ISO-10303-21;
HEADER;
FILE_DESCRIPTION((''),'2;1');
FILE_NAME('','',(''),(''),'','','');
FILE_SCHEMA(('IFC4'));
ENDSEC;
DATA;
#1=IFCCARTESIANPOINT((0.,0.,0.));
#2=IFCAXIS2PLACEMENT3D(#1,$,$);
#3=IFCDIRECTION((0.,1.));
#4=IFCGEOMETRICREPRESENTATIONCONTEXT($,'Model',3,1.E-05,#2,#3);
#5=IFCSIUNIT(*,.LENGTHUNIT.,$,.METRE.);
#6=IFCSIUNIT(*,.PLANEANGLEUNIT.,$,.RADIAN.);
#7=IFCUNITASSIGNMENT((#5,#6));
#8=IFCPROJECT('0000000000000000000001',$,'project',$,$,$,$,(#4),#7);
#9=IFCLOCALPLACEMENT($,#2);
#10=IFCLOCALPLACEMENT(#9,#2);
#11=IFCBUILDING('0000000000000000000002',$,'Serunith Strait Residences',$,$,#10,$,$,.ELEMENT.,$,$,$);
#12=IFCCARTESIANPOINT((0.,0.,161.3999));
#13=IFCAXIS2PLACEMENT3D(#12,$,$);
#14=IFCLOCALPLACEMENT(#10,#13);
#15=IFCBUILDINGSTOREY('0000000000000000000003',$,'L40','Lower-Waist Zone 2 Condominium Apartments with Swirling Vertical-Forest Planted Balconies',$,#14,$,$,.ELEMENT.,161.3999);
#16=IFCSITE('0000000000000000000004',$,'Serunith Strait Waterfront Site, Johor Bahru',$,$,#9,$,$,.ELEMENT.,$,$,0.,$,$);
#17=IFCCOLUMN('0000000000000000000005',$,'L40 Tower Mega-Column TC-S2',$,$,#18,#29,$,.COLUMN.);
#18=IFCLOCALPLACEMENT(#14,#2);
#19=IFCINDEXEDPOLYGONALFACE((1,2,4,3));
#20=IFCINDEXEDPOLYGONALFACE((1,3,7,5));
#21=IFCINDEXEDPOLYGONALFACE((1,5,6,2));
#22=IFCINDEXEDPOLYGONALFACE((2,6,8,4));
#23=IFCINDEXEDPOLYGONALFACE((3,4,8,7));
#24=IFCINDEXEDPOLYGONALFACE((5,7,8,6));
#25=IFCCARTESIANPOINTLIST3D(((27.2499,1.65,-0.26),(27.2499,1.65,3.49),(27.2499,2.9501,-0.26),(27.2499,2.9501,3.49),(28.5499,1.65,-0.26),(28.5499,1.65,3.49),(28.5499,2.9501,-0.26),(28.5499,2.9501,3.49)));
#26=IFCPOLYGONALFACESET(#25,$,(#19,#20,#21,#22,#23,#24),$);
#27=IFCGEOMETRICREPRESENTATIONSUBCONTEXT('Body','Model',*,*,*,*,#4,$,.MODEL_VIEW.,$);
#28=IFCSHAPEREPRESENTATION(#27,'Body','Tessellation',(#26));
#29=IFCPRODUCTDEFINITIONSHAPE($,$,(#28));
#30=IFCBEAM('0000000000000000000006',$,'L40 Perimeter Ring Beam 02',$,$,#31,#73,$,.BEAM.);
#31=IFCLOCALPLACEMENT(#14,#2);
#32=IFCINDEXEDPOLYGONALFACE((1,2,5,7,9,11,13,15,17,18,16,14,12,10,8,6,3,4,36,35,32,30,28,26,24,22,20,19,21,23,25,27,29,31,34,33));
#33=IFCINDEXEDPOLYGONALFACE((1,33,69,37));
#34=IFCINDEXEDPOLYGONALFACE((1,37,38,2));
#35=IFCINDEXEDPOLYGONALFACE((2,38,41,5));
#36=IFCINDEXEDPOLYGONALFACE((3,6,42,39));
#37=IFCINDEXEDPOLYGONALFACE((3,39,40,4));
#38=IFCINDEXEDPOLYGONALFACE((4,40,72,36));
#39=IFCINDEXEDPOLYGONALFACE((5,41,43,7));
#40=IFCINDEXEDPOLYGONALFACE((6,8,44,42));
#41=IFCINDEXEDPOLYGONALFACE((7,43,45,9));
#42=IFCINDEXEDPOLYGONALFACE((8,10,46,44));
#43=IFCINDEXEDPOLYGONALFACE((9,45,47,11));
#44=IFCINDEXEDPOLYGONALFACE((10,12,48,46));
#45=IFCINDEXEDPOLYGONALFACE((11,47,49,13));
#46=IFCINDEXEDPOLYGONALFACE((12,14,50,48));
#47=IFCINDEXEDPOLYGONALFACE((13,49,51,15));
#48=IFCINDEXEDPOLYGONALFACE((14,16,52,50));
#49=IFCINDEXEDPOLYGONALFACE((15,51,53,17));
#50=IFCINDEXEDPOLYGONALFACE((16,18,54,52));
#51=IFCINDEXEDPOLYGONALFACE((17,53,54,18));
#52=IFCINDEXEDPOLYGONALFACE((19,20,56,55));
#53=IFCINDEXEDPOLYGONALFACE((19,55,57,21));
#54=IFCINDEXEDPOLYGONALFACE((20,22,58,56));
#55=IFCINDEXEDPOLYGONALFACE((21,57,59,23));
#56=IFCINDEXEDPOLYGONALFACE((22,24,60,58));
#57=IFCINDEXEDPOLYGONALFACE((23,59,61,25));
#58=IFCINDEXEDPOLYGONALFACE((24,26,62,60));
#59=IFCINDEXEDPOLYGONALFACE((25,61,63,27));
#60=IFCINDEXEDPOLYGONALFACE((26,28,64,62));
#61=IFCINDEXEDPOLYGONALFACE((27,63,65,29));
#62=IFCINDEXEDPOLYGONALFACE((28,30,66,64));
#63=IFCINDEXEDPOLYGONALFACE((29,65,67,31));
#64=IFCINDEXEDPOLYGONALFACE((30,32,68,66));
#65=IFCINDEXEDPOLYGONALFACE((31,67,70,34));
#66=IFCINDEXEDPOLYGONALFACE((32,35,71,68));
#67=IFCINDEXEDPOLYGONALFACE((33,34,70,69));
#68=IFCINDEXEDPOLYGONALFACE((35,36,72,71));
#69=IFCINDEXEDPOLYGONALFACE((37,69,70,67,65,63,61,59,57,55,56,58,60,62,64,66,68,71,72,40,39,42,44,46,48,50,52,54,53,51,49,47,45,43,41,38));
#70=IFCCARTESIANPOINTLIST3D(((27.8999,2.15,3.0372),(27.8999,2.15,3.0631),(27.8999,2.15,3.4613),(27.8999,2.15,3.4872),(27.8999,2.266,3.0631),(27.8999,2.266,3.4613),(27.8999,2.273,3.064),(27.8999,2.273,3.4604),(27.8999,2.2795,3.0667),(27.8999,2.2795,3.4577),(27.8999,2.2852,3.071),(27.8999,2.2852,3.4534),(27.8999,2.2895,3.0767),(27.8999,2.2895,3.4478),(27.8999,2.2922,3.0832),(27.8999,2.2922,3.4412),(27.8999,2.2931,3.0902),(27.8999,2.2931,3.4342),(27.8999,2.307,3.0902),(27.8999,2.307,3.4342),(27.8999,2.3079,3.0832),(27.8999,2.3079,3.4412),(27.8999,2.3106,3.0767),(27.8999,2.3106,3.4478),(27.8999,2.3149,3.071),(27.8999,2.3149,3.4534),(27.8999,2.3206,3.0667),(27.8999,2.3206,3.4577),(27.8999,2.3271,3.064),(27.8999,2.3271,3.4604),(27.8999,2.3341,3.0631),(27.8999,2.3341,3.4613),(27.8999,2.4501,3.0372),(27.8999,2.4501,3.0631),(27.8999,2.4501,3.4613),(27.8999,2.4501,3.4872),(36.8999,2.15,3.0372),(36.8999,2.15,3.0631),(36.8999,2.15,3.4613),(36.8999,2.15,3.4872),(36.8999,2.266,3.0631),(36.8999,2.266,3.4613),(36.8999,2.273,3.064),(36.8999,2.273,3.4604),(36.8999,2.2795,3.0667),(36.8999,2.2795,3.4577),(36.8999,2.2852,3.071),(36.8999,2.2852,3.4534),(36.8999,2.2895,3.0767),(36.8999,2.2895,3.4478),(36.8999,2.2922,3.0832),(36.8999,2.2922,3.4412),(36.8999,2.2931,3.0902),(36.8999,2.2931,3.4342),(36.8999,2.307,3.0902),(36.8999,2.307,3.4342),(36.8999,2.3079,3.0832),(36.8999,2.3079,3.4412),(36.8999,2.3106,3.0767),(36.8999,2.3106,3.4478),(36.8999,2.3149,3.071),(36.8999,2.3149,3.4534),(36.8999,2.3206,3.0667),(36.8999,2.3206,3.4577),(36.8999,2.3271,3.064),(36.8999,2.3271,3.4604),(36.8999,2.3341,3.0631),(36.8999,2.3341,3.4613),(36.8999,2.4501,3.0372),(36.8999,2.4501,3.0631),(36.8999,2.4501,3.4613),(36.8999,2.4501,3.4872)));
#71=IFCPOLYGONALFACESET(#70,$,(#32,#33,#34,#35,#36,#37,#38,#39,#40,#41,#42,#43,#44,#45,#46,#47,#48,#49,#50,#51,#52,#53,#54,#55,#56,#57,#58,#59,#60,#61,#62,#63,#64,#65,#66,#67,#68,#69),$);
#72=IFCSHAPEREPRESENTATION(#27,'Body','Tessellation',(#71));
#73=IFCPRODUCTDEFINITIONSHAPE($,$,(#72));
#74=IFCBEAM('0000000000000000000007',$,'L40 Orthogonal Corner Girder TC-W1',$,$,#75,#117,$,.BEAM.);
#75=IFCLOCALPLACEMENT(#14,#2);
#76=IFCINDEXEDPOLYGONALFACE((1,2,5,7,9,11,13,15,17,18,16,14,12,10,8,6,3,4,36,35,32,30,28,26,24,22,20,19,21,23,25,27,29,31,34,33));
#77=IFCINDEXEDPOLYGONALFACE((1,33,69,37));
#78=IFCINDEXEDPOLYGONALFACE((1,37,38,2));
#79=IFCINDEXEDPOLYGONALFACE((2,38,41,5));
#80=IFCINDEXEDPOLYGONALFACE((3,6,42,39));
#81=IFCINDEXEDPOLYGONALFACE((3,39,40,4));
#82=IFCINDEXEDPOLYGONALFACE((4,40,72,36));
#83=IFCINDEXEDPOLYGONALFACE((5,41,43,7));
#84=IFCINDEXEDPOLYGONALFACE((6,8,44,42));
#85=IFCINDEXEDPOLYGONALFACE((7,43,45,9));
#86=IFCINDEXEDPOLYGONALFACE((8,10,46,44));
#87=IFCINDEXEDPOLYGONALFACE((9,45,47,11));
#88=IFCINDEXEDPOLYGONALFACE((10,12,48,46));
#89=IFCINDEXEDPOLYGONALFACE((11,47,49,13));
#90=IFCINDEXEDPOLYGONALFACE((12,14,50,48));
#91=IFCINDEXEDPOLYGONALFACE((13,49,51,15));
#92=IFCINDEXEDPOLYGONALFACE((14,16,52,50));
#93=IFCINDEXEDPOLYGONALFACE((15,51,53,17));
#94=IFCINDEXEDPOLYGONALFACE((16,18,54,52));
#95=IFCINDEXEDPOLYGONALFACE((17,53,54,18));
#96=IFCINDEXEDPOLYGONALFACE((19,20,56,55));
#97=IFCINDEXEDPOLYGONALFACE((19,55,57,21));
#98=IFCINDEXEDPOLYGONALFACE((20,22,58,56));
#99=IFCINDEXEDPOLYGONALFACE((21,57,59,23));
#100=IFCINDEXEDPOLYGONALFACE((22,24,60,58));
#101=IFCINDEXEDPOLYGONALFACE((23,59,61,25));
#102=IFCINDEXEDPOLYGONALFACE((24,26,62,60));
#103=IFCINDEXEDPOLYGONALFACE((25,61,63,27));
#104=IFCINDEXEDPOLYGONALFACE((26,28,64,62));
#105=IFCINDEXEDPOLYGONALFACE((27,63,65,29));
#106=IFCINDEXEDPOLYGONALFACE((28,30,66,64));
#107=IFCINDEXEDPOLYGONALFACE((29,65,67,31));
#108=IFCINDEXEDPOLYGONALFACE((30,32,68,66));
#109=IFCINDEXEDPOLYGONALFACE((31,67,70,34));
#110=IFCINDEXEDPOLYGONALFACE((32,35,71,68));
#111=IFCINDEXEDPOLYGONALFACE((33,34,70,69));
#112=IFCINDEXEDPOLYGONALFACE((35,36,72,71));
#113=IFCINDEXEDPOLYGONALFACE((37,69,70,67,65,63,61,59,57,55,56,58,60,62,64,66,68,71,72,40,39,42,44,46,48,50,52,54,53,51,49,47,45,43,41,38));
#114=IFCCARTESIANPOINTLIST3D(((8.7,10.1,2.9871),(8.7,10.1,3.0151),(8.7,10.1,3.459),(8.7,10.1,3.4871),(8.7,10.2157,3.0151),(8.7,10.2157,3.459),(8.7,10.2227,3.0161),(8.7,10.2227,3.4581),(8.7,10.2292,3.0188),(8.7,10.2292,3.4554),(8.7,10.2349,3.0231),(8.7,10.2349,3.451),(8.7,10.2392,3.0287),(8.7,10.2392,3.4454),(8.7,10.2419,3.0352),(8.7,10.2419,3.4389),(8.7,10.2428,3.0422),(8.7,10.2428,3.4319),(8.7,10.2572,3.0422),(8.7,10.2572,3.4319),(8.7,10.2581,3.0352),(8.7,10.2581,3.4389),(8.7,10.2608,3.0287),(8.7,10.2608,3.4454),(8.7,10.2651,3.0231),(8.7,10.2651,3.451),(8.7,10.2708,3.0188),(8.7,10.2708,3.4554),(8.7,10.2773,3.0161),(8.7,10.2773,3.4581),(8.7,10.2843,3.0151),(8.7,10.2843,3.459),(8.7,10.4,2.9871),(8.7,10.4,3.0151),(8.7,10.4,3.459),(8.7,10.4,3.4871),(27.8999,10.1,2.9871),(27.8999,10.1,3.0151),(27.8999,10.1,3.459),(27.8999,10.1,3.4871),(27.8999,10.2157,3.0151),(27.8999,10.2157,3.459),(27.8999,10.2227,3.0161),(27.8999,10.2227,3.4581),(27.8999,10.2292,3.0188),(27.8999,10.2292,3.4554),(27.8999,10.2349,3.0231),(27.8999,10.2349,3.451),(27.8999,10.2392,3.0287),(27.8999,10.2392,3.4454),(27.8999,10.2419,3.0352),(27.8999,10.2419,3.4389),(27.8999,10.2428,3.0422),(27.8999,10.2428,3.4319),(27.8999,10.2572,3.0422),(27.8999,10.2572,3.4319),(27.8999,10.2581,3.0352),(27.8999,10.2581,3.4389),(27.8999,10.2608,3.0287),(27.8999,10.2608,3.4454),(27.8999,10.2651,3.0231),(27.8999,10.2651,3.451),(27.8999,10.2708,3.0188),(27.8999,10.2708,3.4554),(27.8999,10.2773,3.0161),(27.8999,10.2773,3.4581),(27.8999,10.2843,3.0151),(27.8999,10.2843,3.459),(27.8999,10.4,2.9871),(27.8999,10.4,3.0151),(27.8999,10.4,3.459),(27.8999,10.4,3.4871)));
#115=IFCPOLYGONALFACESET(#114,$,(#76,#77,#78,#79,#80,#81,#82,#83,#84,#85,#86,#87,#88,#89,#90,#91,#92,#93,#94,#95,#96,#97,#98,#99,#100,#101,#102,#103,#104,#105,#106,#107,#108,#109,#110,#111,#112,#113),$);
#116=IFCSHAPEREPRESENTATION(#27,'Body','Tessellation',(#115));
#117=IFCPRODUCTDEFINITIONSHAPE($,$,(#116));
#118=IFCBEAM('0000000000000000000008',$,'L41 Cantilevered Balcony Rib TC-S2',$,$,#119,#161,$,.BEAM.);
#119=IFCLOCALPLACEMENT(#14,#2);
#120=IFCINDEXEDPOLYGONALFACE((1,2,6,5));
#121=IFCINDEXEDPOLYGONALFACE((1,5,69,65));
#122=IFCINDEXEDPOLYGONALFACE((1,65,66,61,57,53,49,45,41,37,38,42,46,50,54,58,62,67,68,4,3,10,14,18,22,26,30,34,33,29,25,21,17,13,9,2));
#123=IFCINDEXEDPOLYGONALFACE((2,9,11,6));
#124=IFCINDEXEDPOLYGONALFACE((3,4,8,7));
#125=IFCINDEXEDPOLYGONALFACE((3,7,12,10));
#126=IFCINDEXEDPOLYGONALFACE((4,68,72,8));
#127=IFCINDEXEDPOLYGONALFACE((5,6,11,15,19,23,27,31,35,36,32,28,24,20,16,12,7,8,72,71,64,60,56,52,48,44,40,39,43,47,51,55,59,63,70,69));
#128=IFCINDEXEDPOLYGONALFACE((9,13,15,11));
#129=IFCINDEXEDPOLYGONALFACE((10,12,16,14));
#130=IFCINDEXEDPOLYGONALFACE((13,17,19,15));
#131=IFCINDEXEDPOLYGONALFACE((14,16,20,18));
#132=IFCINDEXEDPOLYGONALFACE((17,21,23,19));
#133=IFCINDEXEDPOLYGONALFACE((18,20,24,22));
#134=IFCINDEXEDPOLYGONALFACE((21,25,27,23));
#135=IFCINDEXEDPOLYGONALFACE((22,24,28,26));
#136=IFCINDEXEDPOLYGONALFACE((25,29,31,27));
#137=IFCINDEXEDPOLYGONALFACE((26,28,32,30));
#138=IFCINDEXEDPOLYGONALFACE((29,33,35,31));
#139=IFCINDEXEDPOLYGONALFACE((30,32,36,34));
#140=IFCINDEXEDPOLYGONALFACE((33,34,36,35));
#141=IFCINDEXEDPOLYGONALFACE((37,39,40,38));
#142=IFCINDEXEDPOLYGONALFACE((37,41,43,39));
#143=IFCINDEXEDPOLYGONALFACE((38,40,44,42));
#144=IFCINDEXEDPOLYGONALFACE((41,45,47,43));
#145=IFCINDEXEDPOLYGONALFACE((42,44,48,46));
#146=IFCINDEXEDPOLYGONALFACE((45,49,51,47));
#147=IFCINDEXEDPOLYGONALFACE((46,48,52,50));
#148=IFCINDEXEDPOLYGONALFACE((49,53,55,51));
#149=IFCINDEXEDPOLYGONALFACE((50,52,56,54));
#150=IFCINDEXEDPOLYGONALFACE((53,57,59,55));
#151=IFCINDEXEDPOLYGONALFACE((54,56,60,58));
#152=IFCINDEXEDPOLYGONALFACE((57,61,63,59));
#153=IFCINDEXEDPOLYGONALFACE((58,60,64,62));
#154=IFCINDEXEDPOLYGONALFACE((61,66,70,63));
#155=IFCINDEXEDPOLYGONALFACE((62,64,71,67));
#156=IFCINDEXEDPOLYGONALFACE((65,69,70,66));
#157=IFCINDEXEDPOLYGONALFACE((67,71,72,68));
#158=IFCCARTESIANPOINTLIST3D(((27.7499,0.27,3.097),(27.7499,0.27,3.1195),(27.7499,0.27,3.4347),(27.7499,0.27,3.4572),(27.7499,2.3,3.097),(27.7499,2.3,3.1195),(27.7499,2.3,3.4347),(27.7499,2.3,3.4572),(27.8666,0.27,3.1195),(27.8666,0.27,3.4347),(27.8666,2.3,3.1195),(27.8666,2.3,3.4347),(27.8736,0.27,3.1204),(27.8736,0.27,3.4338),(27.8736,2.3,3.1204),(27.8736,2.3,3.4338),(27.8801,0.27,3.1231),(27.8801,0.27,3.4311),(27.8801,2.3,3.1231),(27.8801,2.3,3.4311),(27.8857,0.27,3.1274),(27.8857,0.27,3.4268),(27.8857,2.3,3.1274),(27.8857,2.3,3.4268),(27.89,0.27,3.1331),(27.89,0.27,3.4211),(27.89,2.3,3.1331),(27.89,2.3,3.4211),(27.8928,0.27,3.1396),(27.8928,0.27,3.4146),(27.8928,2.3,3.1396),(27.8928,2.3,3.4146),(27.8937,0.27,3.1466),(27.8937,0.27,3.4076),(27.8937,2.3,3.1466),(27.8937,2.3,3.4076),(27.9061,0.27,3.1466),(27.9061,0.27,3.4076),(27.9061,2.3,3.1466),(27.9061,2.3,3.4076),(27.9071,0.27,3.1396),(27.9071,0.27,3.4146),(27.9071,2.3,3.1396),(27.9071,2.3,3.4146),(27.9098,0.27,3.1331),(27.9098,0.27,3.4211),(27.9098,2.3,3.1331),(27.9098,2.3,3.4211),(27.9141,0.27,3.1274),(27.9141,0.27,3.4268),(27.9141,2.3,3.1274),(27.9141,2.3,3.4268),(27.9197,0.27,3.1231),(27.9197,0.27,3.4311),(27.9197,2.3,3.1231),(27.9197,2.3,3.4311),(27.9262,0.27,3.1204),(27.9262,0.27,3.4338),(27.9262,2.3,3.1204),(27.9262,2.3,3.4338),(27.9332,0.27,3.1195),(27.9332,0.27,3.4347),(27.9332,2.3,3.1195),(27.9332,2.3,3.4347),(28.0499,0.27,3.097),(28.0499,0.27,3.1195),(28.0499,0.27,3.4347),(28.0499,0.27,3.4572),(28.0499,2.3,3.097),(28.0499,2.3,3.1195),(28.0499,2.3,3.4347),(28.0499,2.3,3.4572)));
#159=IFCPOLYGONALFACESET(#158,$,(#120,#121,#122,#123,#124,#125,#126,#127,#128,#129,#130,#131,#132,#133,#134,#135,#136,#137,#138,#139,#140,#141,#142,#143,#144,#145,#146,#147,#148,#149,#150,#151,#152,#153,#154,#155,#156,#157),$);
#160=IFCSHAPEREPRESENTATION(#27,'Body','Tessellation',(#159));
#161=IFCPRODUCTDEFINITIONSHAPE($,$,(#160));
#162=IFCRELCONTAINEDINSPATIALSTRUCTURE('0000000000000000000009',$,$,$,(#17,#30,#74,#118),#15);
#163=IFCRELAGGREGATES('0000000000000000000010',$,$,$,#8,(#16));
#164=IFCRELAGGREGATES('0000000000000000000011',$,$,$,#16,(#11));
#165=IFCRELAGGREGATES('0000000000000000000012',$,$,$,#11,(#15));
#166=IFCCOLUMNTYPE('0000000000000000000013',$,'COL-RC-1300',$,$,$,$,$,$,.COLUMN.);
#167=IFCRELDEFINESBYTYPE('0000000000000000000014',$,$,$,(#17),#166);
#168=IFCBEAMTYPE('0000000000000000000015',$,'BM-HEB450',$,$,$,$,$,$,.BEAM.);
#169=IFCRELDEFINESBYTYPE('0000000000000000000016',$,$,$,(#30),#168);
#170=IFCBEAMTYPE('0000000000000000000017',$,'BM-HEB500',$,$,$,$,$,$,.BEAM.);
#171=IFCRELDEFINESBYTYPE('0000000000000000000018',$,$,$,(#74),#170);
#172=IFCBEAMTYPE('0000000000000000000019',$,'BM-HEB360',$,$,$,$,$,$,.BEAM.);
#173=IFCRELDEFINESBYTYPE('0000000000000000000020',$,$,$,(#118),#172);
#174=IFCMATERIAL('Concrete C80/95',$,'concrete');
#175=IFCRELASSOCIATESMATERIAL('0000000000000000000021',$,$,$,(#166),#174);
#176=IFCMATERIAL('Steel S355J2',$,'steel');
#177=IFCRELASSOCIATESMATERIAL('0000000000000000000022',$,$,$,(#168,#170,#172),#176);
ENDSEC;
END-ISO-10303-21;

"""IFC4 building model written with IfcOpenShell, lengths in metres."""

from ifc_helpers import new_model, si_unit, direction, frame, origin, origin_2d, place, context, subcontext, project, spatial, rectangle, i_section, extrude, source, transform, mapped, material, material_profile, profile_set, type_object, element, save


model = new_model("IFC4")

# Units and contexts
model_context = context("Model", 3, precision=1e-05, world=origin(), true_north=direction((0.0, 1.0)))
body_context = subcontext(model_context, "Body", "Model", "MODEL_VIEW")
ifc_project = project(units=[si_unit("LENGTHUNIT", "METRE"), si_unit("PLANEANGLEUNIT", "RADIAN")], contexts=[model_context])

# Site, building, storey
site_placement = place(None, origin())
site = spatial("IfcSite", under=ifc_project, at=site_placement, Name="Serunith Strait Waterfront Site, Johor Bahru", CompositionType="ELEMENT", RefElevation=0.0)
building_placement = place(site_placement, origin())
building = spatial("IfcBuilding", under=site, at=building_placement, Name="Serunith Strait Residences", CompositionType="ELEMENT")
storey_placement = place(building_placement, frame((0.0, 0.0, 161.3999)))
storey = spatial("IfcBuildingStorey", under=building, at=storey_placement, Name="L40", Description="Lower-Waist Zone 2 Condominium Apartments with Swirling Vertical-Forest Planted Balconies", CompositionType="ELEMENT", Elevation=161.3999)

# Column
ifc_material_1 = material(Name="Concrete C80/95", Category="concrete")
ifc_material_profile_1 = material_profile(ifc_material_1, rectangle(XDim=1.3, YDim=1.3, at=origin_2d()), Name="RC 1300x1300")
ifc_profile_set_1 = profile_set([ifc_material_profile_1], Name="Concrete C80/95")
column_type = type_object("IfcColumnType", Name="COL-RC-1300", PredefinedType="COLUMN", material=ifc_profile_set_1)
shared_shape_1 = source(origin(), body_context, "Body", "SweptSolid", [
    extrude(rectangle(XDim=1.3, YDim=1.3, at=origin_2d()), origin(), (0.0, 0.0, 1.0), 3.75),
])
column_placement = place(storey_placement, frame((27.8999, 2.3, -0.26), z_axis=(0.0, 0.0, 1.0), x_axis=(1.0, 0.0, 0.0)))
element("IfcColumn", 1, at=column_placement, inside=storey, type_object=column_type, Name="L40 Tower Mega-Column TC-S2", PredefinedType="COLUMN", context=body_context, shape_type="MappedRepresentation", body=[
    mapped(shared_shape_1, transform((0.0, 0.0, 0.0), scale=1.0)),
])

# Beams
ifc_material_2 = material(Name="Steel S355J2", Category="steel")
ifc_material_profile_2 = material_profile(ifc_material_2, i_section(OverallWidth=0.3, OverallDepth=0.45, WebThickness=0.0139, FlangeThickness=0.0259, FilletRadius=0.0271, at=origin_2d()), Name="HEB 450")
ifc_profile_set_2 = profile_set([ifc_material_profile_2], Name="Steel S355J2")
beam_type_1 = type_object("IfcBeamType", Name="BM-HEB450", PredefinedType="BEAM", material=ifc_profile_set_2)
shared_shape_2 = source(origin(), body_context, "Body", "SweptSolid", [
    extrude(i_section(OverallWidth=0.3, OverallDepth=0.45, WebThickness=0.0139, FlangeThickness=0.0259, FilletRadius=0.0271, at=origin_2d()), origin(), (0.0, 0.0, 1.0), 9.0),
])
beam_1_placement = place(storey_placement, frame((27.8999, 2.3, 3.2622), z_axis=(1.0, 0.0, 0.0), x_axis=(0.0, 1.0, 0.0)))
element("IfcBeam", 2, at=beam_1_placement, inside=storey, type_object=beam_type_1, Name="L40 Perimeter Ring Beam 02", PredefinedType="BEAM", context=body_context, shape_type="MappedRepresentation", body=[
    mapped(shared_shape_2, transform((0.0, 0.0, 0.0), scale=1.0)),
])
ifc_material_profile_3 = material_profile(ifc_material_2, i_section(OverallWidth=0.3, OverallDepth=0.5, WebThickness=0.0144, FlangeThickness=0.0281, FilletRadius=0.0271, at=origin_2d()), Name="HEB 500")
ifc_profile_set_3 = profile_set([ifc_material_profile_3], Name="Steel S355J2")
beam_type_2 = type_object("IfcBeamType", Name="BM-HEB500", PredefinedType="BEAM", material=ifc_profile_set_3)
shared_shape_3 = source(origin(), body_context, "Body", "SweptSolid", [
    extrude(i_section(OverallWidth=0.3, OverallDepth=0.5, WebThickness=0.0144, FlangeThickness=0.0281, FilletRadius=0.0271, at=origin_2d()), origin(), (0.0, 0.0, 1.0), 19.2),
])
beam_2_placement = place(storey_placement, frame((27.8999, 10.25, 3.2371), z_axis=(-1.0, 0.0, 0.0), x_axis=(0.0, -1.0, 0.0)))
element("IfcBeam", 3, at=beam_2_placement, inside=storey, type_object=beam_type_2, Name="L40 Orthogonal Corner Girder TC-W1", PredefinedType="BEAM", context=body_context, shape_type="MappedRepresentation", body=[
    mapped(shared_shape_3, transform((0.0, 0.0, 0.0), scale=1.0)),
])
ifc_material_profile_4 = material_profile(ifc_material_2, i_section(OverallWidth=0.3, OverallDepth=0.3601, WebThickness=0.0125, FlangeThickness=0.0225, FilletRadius=0.0271, at=origin_2d()), Name="HEB 360")
ifc_profile_set_4 = profile_set([ifc_material_profile_4], Name="Steel S355J2")
beam_type_3 = type_object("IfcBeamType", Name="BM-HEB360", PredefinedType="BEAM", material=ifc_profile_set_4)
shared_shape_4 = source(origin(), body_context, "Body", "SweptSolid", [
    extrude(i_section(OverallWidth=0.3, OverallDepth=0.3601, WebThickness=0.0125, FlangeThickness=0.0225, FilletRadius=0.0271, at=origin_2d()), origin(), (0.0, 0.0, 1.0), 2.03),
])
beam_3_placement = place(storey_placement, frame((27.8999, 2.3, 3.2771), z_axis=(0.0, -1.0, 0.0), x_axis=(1.0, 0.0, 0.0)))
element("IfcBeam", 4, at=beam_3_placement, inside=storey, type_object=beam_type_3, Name="L41 Cantilevered Balcony Rib TC-S2", PredefinedType="BEAM", context=body_context, shape_type="MappedRepresentation", body=[
    mapped(shared_shape_4, transform((0.0, 0.0, 0.0), scale=1.0)),
])

save(model, "model.ifc")
